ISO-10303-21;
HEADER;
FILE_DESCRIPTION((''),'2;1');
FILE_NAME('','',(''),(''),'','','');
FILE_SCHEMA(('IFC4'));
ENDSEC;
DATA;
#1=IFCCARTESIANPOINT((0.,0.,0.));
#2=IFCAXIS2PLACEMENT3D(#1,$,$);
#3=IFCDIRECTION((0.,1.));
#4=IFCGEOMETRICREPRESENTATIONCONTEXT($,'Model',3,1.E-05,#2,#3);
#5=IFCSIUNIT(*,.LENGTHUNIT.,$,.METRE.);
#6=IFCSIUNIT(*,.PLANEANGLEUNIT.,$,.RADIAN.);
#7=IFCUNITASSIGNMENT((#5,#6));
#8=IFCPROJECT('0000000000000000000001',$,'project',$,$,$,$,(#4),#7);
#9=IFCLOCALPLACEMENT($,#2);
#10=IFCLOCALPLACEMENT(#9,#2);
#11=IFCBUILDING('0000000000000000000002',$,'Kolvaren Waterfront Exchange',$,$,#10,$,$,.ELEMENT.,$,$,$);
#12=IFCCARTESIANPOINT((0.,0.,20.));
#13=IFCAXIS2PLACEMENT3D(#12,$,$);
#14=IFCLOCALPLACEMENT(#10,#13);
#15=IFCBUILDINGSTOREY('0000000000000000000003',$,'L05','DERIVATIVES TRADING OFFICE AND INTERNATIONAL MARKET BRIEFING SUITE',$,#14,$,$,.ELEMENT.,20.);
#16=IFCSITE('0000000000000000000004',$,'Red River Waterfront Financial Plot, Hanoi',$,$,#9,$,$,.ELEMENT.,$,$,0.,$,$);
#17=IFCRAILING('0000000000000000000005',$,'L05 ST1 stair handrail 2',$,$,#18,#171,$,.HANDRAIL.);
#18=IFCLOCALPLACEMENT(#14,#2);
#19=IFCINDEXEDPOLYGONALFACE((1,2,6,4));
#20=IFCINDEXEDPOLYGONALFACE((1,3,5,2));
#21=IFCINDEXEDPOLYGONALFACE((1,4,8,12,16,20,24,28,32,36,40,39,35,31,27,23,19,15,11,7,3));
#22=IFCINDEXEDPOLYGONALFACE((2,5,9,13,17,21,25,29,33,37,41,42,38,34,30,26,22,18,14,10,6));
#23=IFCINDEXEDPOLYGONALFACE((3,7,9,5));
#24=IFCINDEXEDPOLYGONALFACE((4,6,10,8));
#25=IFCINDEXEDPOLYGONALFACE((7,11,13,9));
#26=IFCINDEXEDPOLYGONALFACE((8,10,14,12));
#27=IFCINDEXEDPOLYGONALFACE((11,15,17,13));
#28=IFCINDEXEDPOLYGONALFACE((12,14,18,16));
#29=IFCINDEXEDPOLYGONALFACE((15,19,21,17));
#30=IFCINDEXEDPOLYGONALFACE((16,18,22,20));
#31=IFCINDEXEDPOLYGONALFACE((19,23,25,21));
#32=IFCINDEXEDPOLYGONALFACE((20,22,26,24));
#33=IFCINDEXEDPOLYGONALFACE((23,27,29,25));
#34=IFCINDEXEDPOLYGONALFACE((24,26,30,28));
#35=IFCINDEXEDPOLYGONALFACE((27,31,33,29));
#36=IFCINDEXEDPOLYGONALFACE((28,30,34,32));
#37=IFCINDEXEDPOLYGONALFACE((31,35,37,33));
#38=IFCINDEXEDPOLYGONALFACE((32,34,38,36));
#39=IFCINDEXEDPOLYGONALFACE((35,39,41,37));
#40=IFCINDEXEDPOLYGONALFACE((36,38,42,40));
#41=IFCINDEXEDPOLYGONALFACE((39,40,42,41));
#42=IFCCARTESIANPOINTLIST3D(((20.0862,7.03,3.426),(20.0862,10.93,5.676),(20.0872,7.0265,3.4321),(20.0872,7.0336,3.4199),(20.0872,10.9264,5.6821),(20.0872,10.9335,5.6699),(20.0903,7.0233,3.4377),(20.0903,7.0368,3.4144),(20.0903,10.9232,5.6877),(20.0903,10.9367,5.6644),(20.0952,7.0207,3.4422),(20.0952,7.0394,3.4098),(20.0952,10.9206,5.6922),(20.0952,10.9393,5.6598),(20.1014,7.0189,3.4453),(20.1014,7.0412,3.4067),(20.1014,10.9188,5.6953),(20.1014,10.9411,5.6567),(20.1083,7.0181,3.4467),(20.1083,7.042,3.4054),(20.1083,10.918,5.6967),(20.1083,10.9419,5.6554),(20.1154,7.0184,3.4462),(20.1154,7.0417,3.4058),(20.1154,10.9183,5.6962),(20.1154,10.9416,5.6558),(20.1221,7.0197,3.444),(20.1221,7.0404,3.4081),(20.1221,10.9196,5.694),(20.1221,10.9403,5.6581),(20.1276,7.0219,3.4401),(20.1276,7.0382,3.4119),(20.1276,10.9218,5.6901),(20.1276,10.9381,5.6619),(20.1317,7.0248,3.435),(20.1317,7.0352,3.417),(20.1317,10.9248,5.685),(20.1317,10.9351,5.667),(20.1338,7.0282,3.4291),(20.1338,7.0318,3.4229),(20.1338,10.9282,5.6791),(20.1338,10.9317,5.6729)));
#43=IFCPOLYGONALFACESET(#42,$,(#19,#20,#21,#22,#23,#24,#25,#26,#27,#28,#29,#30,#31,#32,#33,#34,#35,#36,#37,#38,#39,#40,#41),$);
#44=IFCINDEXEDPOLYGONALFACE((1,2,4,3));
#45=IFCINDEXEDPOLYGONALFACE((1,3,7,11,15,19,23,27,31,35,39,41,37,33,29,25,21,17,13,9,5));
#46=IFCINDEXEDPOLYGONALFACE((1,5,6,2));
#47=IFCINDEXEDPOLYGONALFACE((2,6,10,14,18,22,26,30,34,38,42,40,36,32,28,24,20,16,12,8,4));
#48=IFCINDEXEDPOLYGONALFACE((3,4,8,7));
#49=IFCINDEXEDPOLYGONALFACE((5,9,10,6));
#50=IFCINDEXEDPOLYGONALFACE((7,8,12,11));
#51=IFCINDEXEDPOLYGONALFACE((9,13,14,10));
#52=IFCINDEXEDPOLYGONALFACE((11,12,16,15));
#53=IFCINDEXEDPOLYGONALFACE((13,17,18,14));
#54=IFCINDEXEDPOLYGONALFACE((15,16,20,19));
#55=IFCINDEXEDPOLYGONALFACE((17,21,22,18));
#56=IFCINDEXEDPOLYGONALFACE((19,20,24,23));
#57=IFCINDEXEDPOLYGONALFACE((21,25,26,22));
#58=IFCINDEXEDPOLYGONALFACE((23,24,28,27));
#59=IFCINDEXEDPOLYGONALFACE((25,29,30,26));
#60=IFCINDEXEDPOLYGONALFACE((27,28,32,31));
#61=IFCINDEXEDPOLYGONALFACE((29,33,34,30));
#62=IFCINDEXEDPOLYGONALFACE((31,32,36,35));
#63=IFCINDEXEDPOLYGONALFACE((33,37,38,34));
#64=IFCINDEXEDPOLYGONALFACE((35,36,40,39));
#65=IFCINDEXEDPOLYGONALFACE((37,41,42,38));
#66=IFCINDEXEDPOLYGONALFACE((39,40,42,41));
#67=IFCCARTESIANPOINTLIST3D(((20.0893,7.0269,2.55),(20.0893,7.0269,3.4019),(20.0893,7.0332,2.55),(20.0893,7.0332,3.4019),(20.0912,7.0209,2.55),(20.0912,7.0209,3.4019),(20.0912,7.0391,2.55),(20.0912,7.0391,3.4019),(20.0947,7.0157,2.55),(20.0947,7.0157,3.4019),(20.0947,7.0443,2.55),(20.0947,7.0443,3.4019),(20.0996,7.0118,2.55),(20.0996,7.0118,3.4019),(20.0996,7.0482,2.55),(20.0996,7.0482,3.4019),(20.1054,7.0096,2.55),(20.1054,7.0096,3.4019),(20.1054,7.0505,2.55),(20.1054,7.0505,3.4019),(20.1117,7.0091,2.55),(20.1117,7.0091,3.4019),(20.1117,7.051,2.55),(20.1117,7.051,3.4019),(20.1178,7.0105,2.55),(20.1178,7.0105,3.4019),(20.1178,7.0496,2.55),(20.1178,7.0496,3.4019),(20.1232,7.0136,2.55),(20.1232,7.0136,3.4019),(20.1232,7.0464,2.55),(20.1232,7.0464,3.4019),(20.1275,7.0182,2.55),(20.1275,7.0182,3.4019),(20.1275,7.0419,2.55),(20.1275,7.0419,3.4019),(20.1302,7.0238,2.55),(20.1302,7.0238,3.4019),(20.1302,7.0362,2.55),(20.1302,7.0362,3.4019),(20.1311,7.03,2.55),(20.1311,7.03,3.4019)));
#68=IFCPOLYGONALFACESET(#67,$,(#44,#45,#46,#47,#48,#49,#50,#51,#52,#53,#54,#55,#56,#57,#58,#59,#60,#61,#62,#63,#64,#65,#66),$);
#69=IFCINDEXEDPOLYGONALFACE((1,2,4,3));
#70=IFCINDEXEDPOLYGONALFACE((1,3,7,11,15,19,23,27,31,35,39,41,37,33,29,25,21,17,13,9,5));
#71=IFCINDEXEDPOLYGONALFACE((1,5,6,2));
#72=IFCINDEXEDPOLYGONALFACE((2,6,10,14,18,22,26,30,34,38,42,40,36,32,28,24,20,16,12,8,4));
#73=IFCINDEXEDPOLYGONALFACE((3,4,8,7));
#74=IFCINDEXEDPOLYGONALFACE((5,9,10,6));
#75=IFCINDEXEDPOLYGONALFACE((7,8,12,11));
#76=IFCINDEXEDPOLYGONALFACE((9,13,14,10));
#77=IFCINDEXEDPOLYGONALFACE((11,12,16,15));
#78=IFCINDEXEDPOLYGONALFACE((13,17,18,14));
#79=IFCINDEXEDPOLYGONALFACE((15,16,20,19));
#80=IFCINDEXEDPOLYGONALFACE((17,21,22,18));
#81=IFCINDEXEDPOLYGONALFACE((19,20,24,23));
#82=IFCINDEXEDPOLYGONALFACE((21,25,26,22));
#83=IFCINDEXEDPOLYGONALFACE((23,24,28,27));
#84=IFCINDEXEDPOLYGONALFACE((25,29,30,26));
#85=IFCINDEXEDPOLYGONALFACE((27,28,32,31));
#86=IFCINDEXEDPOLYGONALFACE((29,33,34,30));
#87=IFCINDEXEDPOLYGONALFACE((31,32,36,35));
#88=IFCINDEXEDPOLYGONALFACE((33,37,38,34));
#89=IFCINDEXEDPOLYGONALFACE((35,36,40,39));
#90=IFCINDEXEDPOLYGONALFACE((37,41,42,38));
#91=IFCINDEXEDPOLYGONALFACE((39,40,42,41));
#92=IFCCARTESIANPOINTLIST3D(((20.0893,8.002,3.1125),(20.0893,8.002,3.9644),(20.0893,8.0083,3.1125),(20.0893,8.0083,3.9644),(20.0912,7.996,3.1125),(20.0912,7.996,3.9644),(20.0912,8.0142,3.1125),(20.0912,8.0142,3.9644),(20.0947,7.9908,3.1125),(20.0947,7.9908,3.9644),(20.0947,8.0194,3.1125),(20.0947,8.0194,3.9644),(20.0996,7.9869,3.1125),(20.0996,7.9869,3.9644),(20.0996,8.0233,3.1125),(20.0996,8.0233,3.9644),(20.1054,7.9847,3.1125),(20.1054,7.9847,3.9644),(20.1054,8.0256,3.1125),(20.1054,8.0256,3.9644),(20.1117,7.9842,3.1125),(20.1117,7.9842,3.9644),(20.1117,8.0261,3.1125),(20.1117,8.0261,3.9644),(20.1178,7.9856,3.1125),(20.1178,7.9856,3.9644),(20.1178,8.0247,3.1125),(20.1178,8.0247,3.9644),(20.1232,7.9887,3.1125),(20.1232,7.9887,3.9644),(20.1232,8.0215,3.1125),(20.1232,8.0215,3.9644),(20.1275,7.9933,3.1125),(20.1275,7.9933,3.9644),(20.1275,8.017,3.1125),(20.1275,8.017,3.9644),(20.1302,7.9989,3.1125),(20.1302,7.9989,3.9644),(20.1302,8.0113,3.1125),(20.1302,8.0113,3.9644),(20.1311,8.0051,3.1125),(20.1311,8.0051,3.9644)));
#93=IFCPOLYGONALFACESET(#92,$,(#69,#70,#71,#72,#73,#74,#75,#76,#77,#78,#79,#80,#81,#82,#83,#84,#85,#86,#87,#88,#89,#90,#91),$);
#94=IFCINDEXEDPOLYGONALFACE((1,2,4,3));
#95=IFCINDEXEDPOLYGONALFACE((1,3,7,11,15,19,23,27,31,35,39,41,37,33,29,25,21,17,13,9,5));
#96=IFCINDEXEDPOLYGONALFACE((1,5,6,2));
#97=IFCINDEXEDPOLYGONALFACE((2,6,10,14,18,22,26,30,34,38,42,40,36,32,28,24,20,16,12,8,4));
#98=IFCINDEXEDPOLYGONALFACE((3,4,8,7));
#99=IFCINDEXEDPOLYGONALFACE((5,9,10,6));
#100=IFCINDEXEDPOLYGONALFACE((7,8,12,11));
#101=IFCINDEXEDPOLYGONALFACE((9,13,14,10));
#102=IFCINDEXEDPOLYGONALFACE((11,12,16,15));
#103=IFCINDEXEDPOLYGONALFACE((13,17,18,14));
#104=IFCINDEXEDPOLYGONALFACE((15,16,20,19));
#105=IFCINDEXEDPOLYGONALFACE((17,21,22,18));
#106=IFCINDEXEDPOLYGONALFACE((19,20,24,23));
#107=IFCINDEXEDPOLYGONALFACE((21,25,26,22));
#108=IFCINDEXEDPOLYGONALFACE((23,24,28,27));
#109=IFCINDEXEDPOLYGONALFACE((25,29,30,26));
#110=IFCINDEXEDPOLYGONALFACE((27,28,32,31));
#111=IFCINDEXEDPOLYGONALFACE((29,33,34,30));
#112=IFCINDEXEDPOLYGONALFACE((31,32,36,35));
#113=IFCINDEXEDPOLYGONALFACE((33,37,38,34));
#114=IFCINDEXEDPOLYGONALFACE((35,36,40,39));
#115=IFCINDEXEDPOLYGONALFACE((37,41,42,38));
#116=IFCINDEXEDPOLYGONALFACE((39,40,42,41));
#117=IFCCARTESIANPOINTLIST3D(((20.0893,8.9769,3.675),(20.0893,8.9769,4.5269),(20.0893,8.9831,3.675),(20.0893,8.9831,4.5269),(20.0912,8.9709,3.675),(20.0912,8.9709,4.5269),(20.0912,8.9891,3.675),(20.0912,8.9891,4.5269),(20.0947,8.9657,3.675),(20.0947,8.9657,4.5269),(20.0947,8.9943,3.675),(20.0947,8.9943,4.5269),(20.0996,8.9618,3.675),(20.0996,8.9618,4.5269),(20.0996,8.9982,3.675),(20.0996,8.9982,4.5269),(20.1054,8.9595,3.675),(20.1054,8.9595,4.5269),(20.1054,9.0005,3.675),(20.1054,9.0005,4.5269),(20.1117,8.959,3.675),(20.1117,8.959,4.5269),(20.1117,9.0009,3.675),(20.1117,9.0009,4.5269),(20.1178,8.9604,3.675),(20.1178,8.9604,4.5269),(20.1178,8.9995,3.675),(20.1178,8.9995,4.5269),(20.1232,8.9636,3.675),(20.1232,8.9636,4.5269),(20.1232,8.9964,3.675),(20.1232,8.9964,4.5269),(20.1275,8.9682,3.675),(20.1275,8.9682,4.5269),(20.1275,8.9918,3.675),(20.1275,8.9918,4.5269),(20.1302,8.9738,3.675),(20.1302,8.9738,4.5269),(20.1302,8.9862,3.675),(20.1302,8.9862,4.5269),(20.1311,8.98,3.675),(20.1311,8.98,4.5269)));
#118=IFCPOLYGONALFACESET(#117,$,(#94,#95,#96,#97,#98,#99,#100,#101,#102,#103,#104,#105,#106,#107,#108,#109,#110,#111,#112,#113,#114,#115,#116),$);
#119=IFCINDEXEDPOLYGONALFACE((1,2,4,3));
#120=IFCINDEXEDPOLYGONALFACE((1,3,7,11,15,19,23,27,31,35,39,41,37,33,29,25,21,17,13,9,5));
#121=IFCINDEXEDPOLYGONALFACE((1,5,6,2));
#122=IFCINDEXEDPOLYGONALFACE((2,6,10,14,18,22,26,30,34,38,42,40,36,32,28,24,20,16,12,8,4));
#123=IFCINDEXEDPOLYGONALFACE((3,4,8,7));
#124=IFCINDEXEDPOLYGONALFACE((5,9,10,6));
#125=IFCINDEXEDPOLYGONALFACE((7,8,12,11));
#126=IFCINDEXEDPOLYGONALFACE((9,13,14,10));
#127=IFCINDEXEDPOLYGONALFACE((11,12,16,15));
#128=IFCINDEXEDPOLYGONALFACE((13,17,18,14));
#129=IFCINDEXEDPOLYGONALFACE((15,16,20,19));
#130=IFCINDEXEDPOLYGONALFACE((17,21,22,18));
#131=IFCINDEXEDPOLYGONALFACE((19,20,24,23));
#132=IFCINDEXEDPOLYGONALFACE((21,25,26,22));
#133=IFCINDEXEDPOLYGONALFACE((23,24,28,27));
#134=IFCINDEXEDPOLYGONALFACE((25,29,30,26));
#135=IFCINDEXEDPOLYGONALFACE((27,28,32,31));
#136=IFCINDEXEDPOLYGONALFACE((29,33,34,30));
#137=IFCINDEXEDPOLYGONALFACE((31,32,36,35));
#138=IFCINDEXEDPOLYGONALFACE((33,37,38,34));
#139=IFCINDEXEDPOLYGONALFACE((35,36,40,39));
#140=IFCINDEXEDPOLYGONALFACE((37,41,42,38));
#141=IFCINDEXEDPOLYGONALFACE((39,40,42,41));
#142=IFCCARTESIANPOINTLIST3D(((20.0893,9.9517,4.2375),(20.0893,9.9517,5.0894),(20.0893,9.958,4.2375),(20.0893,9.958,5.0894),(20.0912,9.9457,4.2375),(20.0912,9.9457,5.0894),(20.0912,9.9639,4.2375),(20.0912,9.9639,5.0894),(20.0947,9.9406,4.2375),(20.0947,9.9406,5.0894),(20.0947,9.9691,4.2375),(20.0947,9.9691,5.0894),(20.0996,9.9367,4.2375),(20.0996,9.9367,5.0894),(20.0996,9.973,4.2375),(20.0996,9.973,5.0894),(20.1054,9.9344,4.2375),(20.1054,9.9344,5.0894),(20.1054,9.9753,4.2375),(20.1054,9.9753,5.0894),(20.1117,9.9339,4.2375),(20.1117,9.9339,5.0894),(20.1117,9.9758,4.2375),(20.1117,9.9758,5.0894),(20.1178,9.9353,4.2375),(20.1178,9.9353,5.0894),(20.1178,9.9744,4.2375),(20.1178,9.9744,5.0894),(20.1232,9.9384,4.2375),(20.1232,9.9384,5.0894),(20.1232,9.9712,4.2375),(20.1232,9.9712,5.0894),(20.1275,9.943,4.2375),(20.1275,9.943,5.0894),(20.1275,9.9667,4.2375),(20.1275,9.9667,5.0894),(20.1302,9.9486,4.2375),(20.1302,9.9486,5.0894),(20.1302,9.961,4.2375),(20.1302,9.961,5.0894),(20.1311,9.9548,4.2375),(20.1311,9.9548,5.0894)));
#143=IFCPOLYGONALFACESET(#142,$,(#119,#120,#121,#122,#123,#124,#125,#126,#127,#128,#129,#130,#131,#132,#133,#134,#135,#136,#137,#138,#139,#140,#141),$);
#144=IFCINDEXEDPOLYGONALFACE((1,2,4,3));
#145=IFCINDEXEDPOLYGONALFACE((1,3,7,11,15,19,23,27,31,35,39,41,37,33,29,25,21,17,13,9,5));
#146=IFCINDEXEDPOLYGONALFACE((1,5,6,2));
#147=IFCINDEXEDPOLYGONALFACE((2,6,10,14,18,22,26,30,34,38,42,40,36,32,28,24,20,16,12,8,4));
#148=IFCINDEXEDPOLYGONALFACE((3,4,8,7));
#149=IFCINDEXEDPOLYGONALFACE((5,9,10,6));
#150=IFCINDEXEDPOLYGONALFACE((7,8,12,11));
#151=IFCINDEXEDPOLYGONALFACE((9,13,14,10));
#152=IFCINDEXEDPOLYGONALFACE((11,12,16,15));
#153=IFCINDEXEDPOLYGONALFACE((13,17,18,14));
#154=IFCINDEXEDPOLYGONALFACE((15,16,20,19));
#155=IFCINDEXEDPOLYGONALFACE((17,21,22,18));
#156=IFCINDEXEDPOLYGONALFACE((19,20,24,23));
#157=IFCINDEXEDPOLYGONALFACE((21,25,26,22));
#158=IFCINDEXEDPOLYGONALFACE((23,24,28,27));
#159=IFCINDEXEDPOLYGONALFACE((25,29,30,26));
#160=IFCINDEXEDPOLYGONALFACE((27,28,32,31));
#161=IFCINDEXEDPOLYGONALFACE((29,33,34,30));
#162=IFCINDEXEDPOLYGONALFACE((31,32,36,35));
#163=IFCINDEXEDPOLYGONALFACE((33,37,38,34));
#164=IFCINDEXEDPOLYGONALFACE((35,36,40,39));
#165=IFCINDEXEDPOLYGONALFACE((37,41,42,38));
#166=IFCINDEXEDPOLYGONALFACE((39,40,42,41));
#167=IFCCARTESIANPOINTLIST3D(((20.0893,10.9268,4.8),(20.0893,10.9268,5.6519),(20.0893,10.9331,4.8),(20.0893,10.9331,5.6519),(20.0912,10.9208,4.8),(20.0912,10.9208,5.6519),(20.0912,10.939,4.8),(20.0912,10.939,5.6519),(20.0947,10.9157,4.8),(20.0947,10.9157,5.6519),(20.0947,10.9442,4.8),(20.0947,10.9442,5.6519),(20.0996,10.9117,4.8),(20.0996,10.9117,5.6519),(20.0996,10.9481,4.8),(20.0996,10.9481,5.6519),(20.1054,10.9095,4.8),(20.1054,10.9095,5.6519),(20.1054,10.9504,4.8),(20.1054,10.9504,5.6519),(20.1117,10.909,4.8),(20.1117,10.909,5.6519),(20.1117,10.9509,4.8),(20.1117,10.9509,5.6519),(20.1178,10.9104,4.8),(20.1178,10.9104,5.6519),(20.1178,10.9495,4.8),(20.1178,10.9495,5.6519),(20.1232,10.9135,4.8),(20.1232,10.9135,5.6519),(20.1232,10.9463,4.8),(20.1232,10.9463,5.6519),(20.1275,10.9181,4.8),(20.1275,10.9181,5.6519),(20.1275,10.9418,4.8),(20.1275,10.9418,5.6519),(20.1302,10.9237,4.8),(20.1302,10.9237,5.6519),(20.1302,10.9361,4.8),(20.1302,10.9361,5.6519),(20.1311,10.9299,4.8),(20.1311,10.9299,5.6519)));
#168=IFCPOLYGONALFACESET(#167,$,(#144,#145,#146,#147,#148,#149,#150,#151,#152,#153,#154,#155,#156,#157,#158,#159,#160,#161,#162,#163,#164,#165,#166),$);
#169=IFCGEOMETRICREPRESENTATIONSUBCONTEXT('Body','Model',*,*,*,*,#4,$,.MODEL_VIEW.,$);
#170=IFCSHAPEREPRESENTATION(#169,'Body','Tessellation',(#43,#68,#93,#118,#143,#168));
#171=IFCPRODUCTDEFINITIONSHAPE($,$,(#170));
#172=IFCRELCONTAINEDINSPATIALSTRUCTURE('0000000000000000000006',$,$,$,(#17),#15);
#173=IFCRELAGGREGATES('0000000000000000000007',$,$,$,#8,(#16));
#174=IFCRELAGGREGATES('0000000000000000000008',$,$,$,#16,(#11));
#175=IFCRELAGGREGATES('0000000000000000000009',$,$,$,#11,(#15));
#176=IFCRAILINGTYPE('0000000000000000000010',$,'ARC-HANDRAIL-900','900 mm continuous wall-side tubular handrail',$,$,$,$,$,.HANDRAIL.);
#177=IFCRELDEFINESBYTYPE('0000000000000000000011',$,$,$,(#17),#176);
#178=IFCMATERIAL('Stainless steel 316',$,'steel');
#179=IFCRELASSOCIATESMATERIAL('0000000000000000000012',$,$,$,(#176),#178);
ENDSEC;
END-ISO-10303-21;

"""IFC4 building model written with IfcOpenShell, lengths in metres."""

from ifc_helpers import new_model, si_unit, direction, frame, origin, origin_2d, place, context, subcontext, project, spatial, circle, extrude, material, type_object, element, save


model = new_model("IFC4")

# Units and contexts
model_context = context("Model", 3, precision=1e-05, world=origin(), true_north=direction((0.0, 1.0)))
body_context = subcontext(model_context, "Body", "Model", "MODEL_VIEW")
ifc_project = project(units=[si_unit("LENGTHUNIT", "METRE"), si_unit("PLANEANGLEUNIT", "RADIAN")], contexts=[model_context])

# Site, building, storey
site_placement = place(None, origin())
site = spatial("IfcSite", under=ifc_project, at=site_placement, Name="Red River Waterfront Financial Plot, Hanoi", CompositionType="ELEMENT", RefElevation=0.0)
building_placement = place(site_placement, origin())
building = spatial("IfcBuilding", under=site, at=building_placement, Name="Kolvaren Waterfront Exchange", CompositionType="ELEMENT")
storey_placement = place(building_placement, frame((0.0, 0.0, 20.0)))
storey = spatial("IfcBuildingStorey", under=building, at=storey_placement, Name="L05", Description="DERIVATIVES TRADING OFFICE AND INTERNATIONAL MARKET BRIEFING SUITE", CompositionType="ELEMENT", Elevation=20.0)

# Railing
ifc_material_1 = material(Name="Stainless steel 316", Category="steel")
railing_type_1 = type_object("IfcRailingType", Name="ARC-HANDRAIL-900", Description="900 mm continuous wall-side tubular handrail", PredefinedType="HANDRAIL", material=ifc_material_1)
railing_1_placement = place(storey_placement, frame((20.1101, 7.03, 2.55)))
element("IfcRailing", 1, at=railing_1_placement, inside=storey, type_object=railing_type_1, Name="L05 ST1 stair handrail 2", PredefinedType="HANDRAIL", context=body_context, shape_type="SweptSolid", body=[
    extrude(circle(Radius=0.0239, at=origin_2d()), frame((0.0, 0.0, 0.876), z_axis=(0.0, 0.86618, 0.499732), x_axis=(-1.0, 0.0, 0.0)), (0.0, 0.0, 1.0), 4.5024),
    extrude(circle(Radius=0.021, at=origin_2d()), origin(), (0.0, 0.0, 1.0), 0.8518),
    extrude(circle(Radius=0.021, at=origin_2d()), frame((0.0, 0.9751, 0.5625)), (0.0, 0.0, 1.0), 0.8518),
    extrude(circle(Radius=0.021, at=origin_2d()), frame((0.0, 1.95, 1.125)), (0.0, 0.0, 1.0), 0.8518),
    extrude(circle(Radius=0.021, at=origin_2d()), frame((0.0, 2.9248, 1.6875)), (0.0, 0.0, 1.0), 0.8518),
    extrude(circle(Radius=0.021, at=origin_2d()), frame((0.0, 3.8999, 2.25)), (0.0, 0.0, 1.0), 0.8518),
])

save(model, "model.ifc")
